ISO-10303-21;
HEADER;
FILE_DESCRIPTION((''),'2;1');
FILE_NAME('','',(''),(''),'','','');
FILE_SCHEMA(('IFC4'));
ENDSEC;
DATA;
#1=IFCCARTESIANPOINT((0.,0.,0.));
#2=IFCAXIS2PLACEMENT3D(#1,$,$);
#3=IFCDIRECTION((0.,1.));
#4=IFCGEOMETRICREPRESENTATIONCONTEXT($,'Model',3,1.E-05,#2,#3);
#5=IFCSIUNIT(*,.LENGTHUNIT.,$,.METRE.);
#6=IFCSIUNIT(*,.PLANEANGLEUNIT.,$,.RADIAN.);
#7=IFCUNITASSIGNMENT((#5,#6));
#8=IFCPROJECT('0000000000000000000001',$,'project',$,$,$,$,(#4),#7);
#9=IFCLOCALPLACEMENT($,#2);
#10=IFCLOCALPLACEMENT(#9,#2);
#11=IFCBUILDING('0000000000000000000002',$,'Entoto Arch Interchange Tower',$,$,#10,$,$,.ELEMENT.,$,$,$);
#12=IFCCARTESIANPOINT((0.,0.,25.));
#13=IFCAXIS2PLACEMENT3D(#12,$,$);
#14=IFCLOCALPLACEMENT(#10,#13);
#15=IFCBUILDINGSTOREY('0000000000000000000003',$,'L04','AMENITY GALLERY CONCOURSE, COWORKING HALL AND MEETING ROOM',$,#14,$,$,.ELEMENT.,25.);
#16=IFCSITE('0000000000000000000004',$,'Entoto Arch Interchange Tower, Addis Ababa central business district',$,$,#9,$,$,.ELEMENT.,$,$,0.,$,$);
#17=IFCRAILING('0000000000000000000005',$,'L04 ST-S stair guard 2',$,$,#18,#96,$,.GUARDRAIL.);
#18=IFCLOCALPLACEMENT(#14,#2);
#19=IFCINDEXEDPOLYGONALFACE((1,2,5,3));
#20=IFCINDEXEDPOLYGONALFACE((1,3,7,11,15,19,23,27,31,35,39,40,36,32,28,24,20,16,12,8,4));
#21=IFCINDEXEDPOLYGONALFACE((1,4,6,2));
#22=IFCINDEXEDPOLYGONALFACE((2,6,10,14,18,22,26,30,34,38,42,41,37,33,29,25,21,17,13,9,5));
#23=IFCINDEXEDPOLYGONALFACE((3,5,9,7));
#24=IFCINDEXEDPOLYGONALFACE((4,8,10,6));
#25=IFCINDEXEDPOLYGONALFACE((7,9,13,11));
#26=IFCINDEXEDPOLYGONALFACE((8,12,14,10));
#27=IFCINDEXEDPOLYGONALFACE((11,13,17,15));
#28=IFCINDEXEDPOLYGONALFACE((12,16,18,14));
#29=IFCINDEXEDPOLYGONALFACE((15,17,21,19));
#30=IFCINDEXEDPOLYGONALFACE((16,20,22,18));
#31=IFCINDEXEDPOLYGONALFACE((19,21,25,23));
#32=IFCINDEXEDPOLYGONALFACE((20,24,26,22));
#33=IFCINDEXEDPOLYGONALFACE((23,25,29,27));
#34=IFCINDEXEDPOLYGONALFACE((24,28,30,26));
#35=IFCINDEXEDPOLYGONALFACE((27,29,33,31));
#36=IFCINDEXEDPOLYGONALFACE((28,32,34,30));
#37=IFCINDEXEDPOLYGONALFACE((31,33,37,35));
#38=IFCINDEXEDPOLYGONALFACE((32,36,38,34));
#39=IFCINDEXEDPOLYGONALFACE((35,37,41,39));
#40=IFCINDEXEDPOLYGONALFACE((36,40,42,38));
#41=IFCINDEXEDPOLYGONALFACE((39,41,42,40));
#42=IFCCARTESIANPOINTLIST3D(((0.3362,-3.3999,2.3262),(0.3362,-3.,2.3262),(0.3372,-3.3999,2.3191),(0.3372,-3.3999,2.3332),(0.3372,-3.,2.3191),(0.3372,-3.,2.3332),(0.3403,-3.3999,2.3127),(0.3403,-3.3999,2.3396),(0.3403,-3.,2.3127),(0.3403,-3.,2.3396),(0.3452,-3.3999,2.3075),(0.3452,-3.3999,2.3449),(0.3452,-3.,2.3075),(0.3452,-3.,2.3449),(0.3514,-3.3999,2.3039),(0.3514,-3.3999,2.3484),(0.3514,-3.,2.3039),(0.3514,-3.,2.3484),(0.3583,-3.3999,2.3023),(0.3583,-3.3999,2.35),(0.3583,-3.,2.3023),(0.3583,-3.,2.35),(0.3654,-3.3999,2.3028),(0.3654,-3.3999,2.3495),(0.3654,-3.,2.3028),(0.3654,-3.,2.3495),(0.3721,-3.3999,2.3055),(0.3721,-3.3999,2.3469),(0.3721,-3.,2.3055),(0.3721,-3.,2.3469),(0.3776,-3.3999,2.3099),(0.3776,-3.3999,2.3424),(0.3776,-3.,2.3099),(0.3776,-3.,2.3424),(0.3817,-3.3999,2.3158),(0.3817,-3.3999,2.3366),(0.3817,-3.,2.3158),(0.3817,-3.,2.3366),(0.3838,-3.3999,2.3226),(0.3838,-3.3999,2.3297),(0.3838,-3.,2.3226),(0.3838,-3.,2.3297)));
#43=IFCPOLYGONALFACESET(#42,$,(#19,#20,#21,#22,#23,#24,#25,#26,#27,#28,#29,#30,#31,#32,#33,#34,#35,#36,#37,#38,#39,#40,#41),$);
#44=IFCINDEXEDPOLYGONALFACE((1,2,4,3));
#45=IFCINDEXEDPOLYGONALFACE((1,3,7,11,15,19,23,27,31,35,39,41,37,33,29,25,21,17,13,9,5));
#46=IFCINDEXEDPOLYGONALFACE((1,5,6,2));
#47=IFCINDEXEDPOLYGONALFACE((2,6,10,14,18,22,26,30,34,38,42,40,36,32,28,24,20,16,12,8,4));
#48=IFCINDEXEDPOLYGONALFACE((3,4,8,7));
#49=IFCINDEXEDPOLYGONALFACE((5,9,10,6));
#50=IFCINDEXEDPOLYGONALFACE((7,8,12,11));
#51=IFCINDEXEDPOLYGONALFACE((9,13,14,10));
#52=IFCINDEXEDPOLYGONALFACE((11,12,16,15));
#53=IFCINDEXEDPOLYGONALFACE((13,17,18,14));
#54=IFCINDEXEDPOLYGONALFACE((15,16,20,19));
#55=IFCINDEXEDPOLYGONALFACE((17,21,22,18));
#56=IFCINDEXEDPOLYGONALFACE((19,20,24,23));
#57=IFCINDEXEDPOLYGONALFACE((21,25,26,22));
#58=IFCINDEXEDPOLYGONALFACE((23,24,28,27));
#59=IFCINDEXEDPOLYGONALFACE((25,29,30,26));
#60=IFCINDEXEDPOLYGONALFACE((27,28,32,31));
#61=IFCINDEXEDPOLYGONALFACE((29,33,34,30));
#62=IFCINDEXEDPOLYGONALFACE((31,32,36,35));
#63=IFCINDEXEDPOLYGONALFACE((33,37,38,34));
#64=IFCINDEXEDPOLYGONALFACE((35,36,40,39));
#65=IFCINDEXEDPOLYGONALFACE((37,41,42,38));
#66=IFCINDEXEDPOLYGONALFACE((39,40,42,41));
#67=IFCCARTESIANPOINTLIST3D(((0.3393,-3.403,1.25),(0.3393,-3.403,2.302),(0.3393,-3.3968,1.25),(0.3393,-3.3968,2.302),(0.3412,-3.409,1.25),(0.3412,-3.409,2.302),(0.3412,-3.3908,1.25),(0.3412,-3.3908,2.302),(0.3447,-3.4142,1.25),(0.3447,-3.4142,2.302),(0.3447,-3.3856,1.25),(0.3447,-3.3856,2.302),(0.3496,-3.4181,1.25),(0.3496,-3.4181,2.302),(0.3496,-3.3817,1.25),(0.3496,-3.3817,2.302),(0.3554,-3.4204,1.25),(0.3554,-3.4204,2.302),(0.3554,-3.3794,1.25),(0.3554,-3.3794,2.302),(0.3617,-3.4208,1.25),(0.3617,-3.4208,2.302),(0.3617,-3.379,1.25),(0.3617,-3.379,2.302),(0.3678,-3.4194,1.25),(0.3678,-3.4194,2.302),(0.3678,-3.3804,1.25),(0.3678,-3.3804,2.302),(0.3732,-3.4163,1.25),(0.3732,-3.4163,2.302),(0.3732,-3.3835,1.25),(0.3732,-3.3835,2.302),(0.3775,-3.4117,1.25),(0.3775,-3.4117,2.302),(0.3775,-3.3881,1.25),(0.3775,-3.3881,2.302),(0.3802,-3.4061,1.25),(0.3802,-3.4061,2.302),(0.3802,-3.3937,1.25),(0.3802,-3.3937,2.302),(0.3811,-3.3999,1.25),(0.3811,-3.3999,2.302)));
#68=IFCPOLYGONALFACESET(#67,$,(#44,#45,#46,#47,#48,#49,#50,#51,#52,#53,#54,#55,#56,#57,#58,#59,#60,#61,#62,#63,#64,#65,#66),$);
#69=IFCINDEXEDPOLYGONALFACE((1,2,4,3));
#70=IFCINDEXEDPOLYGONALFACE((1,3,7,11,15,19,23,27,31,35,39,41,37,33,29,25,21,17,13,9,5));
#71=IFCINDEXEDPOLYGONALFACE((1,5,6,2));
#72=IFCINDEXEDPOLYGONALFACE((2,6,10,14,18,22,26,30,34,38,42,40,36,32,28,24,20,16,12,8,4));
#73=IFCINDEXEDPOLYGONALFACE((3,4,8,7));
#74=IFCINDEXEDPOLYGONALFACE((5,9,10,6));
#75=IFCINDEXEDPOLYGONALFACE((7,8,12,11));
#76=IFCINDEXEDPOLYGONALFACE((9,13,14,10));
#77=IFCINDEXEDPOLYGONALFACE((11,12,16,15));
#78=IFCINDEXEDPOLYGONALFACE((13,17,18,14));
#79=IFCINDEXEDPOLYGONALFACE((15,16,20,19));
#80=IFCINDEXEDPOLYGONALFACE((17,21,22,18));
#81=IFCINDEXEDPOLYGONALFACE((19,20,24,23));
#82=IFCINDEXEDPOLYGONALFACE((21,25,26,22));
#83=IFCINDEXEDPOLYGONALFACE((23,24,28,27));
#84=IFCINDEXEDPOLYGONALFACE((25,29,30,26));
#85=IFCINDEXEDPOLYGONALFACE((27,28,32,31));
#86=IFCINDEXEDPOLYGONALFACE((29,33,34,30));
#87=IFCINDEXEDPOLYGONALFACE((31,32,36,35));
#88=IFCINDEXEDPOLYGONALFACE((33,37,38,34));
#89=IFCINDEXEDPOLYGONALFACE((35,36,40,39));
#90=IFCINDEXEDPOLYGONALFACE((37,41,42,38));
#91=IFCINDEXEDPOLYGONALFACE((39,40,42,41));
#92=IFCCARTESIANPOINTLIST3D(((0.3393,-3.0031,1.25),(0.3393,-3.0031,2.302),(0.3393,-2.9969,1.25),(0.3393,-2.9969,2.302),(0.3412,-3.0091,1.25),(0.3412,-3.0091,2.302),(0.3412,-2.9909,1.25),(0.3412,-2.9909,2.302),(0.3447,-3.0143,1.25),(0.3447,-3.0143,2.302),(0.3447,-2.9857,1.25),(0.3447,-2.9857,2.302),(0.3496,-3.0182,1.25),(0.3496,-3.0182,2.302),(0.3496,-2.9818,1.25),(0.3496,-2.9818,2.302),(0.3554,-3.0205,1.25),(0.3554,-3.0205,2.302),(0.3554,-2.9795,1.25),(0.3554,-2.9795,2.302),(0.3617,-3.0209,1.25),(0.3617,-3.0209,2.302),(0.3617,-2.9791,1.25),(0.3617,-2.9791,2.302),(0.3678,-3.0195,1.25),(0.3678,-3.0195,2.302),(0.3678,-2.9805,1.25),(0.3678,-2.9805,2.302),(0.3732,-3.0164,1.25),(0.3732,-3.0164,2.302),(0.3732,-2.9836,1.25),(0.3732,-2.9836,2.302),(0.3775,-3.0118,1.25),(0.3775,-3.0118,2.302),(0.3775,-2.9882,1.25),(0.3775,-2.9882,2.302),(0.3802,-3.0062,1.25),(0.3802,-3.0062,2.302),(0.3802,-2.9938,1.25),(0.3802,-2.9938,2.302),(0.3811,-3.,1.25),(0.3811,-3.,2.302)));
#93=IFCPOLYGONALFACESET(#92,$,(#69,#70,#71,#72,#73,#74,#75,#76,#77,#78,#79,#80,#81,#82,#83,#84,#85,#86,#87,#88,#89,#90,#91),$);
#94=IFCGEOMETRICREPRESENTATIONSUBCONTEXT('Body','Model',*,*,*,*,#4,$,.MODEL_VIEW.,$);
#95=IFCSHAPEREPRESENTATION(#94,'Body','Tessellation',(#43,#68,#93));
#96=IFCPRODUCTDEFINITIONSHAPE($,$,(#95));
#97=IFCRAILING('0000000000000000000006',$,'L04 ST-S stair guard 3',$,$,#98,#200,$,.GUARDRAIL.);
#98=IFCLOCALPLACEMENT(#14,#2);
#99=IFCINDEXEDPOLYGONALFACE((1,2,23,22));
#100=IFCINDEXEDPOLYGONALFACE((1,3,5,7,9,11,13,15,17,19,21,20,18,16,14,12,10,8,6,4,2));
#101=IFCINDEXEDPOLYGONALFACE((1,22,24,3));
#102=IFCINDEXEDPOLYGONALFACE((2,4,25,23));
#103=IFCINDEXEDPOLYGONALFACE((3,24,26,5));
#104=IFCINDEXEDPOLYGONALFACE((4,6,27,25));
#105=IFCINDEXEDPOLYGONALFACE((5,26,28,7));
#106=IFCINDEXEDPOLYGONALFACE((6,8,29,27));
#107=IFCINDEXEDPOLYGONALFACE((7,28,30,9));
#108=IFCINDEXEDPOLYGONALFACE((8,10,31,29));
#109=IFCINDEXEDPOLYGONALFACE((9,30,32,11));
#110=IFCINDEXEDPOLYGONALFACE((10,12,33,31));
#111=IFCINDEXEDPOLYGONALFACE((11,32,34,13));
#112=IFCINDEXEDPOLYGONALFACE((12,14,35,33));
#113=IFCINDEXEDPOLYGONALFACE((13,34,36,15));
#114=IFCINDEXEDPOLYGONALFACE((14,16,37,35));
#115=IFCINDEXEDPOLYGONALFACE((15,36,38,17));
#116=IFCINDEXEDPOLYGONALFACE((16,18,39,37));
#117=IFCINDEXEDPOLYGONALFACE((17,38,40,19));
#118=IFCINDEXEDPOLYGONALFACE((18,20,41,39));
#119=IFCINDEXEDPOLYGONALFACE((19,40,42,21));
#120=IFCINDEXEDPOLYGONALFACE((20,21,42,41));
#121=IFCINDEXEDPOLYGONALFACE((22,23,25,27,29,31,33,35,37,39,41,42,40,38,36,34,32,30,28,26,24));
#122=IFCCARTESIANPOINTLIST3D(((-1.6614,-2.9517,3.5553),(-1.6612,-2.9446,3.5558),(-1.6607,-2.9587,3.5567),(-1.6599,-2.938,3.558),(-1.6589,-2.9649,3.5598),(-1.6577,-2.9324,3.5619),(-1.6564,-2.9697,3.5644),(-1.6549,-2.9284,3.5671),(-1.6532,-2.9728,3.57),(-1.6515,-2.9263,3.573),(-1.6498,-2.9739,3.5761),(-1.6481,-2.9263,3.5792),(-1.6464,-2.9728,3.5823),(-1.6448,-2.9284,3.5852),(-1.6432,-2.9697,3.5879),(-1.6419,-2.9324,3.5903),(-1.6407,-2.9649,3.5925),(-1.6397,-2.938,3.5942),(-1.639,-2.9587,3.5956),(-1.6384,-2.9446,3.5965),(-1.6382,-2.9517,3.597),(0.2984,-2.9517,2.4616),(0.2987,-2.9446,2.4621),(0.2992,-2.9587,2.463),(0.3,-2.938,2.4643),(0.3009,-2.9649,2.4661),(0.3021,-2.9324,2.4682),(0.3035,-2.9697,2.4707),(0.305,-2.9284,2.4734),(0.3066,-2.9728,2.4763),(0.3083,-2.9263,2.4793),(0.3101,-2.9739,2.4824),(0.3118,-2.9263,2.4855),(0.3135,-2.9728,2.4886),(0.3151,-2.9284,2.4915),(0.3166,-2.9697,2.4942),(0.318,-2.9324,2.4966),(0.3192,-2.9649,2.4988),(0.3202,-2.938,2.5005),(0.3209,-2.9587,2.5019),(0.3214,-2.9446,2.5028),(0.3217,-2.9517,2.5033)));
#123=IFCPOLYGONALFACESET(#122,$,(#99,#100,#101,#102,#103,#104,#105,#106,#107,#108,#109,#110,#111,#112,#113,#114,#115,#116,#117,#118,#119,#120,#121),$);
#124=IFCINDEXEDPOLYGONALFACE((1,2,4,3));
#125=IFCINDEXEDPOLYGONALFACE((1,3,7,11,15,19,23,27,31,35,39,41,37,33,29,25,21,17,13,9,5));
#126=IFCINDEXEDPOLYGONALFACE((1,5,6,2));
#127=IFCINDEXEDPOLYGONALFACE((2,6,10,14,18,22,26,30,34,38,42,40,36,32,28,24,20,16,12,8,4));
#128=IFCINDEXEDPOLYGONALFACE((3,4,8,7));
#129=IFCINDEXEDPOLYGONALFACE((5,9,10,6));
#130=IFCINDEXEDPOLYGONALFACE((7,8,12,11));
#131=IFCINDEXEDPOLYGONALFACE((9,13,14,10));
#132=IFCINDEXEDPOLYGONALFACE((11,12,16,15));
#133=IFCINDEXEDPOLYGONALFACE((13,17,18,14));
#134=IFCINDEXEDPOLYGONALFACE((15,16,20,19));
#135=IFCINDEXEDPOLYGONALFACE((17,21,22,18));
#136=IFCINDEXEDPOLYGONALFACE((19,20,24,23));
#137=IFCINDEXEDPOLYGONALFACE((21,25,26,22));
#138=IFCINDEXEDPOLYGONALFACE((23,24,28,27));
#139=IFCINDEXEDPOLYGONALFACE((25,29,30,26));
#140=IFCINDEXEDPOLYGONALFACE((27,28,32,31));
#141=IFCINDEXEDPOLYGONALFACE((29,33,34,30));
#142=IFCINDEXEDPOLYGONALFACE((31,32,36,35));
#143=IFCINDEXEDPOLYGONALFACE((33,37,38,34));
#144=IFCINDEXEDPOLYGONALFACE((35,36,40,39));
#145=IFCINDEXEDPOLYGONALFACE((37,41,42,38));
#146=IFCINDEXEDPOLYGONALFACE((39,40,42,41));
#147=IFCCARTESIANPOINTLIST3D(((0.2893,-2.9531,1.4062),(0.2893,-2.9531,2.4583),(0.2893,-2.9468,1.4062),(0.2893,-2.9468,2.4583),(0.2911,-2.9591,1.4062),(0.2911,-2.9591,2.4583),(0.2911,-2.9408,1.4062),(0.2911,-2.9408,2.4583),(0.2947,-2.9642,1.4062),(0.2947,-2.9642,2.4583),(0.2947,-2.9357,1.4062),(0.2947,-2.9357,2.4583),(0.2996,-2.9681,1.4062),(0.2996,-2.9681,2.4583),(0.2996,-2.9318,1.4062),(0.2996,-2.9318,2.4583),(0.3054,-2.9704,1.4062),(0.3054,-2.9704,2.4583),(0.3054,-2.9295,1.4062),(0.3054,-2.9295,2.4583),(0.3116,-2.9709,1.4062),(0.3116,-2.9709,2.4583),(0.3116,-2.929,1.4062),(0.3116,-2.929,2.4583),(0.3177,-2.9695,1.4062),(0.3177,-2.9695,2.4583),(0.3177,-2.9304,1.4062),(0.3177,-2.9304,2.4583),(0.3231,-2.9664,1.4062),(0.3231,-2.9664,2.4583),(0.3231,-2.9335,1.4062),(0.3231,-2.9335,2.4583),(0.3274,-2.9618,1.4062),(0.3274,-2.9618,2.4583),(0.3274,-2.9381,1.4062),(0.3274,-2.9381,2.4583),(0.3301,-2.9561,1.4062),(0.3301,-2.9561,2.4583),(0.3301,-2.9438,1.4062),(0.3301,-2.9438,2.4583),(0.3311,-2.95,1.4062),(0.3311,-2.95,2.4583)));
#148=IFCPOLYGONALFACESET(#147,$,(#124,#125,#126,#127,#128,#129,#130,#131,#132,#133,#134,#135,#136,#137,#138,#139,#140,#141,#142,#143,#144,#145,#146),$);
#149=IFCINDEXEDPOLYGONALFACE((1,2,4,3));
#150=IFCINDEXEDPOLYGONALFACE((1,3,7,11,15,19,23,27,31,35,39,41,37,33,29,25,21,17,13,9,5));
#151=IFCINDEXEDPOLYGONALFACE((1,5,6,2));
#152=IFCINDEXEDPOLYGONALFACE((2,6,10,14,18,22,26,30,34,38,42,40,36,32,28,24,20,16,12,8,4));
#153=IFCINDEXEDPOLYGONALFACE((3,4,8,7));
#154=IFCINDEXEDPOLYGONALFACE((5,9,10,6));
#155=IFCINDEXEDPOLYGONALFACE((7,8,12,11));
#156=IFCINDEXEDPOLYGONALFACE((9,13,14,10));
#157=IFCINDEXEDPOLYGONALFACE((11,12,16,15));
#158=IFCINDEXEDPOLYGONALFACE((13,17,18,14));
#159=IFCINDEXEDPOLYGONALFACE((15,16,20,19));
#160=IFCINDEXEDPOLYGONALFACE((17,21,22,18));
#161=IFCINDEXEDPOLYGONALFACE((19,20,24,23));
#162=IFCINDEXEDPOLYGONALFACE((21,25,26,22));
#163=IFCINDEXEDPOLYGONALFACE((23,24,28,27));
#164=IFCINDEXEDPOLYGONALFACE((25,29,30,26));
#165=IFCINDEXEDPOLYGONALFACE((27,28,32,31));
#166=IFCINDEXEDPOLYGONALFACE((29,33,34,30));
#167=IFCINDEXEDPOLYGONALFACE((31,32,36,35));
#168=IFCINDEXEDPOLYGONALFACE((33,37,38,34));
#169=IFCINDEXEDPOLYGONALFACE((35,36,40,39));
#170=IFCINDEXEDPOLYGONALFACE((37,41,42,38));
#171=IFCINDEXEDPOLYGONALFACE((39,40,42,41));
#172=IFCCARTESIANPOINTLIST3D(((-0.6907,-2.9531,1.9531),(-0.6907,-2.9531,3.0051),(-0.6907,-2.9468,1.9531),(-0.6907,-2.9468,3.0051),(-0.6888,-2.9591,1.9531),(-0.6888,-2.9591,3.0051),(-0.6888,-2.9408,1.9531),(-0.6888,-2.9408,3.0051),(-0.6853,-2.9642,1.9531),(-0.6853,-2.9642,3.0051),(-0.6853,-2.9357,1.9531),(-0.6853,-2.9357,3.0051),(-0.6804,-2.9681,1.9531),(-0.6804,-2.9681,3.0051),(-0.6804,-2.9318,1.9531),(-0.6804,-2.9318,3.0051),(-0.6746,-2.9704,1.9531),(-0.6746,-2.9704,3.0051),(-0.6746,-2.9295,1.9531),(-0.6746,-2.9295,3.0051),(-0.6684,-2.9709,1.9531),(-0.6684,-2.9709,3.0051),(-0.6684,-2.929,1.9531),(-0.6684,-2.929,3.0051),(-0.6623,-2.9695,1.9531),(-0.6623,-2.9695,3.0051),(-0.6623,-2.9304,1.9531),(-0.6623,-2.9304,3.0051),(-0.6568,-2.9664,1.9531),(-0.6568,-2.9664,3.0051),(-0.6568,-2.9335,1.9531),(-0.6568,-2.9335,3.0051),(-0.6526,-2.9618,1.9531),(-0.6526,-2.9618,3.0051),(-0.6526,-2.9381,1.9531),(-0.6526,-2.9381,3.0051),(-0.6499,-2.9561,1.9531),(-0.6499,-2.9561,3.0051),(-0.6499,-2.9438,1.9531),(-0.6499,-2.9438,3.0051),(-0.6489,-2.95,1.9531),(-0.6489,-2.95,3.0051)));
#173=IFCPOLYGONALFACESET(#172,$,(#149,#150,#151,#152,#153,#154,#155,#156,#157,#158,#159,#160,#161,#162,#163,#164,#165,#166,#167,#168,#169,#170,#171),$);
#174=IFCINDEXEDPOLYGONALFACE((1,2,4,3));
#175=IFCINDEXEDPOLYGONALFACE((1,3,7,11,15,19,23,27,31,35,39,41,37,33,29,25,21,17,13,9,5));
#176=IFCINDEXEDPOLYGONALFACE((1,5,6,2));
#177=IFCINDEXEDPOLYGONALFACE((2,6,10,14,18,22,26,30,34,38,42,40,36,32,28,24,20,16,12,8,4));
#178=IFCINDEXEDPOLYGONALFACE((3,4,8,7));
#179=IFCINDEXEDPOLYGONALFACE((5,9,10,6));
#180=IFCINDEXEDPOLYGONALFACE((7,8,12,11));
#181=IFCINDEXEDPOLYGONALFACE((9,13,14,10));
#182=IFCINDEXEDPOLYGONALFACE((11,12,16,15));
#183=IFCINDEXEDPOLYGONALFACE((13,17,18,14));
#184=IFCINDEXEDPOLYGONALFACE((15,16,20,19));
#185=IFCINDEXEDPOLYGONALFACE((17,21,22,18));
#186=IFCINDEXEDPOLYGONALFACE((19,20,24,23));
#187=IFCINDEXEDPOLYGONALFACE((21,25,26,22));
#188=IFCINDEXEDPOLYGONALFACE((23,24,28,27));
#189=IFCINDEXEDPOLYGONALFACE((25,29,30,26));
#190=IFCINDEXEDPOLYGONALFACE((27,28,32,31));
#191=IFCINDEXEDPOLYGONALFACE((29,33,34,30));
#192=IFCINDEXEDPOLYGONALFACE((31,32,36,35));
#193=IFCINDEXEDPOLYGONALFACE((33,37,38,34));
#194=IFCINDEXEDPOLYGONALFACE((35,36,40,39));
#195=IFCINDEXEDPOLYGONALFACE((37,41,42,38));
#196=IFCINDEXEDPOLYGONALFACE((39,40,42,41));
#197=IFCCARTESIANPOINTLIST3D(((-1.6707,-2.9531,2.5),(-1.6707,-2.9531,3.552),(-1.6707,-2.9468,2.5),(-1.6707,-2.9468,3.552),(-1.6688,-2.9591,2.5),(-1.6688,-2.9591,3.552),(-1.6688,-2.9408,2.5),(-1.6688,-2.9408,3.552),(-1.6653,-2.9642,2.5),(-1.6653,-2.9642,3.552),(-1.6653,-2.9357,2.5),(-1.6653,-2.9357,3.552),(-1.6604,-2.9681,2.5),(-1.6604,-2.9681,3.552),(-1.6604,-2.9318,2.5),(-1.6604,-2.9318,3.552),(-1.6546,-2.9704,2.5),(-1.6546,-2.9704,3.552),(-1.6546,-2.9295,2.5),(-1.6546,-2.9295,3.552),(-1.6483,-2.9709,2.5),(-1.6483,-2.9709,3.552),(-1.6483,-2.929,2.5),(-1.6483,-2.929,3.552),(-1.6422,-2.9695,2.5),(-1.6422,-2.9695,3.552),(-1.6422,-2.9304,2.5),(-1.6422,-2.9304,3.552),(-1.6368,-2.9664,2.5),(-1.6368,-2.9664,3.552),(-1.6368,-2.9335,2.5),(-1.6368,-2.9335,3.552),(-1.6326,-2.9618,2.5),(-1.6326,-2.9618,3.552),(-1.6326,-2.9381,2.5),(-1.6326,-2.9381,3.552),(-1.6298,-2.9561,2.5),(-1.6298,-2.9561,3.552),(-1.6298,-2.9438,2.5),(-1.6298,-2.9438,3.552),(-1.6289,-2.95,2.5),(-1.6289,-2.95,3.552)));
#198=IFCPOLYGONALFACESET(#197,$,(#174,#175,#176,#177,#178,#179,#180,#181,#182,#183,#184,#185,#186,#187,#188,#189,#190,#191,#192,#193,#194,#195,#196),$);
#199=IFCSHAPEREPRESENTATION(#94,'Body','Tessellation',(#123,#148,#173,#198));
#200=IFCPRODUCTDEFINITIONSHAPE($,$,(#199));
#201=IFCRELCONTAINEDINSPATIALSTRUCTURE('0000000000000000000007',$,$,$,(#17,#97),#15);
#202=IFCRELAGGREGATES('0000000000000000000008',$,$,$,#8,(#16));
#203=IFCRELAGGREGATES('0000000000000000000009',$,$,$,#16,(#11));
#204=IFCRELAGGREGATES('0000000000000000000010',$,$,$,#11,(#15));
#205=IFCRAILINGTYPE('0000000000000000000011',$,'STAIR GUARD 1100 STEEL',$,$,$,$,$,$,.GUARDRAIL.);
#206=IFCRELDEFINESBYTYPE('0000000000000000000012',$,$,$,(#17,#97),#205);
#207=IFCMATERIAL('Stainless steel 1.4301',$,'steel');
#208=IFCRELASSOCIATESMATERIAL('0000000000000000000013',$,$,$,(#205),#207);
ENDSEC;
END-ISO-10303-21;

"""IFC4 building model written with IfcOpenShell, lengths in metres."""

from ifc_helpers import new_model, si_unit, direction, frame, origin, origin_2d, place, context, subcontext, project, spatial, circle, extrude, material, type_object, element, save


model = new_model("IFC4")

# Units and contexts
model_context = context("Model", 3, precision=1e-05, world=origin(), true_north=direction((0.0, 1.0)))
body_context = subcontext(model_context, "Body", "Model", "MODEL_VIEW")
ifc_project = project(units=[si_unit("LENGTHUNIT", "METRE"), si_unit("PLANEANGLEUNIT", "RADIAN")], contexts=[model_context])

# Site, building, storey
site_placement = place(None, origin())
site = spatial("IfcSite", under=ifc_project, at=site_placement, Name="Entoto Arch Interchange Tower, Addis Ababa central business district", CompositionType="ELEMENT", RefElevation=0.0)
building_placement = place(site_placement, origin())
building = spatial("IfcBuilding", under=site, at=building_placement, Name="Entoto Arch Interchange Tower", CompositionType="ELEMENT")
storey_placement = place(building_placement, frame((0.0, 0.0, 25.0)))
storey = spatial("IfcBuildingStorey", under=building, at=storey_placement, Name="L04", Description="AMENITY GALLERY CONCOURSE, COWORKING HALL AND MEETING ROOM", CompositionType="ELEMENT", Elevation=25.0)

# Railings
ifc_material_1 = material(Name="Stainless steel 1.4301", Category="steel")
railing_type = type_object("IfcRailingType", Name="STAIR GUARD 1100 STEEL", PredefinedType="GUARDRAIL", material=ifc_material_1)
railing_1_placement = place(storey_placement, frame((0.3601, -3.3999, 1.25)))
element("IfcRailing", 1, at=railing_1_placement, inside=storey, type_object=railing_type, Name="L04 ST-S stair guard 2", PredefinedType="GUARDRAIL", context=body_context, shape_type="SweptSolid", body=[
    extrude(circle(Radius=0.0239, at=origin_2d()), frame((0.0, 0.0, 1.0762), z_axis=(0.0, 1.0, 0.0), x_axis=(-1.0, 0.0, 0.0)), (0.0, 0.0, 1.0), 0.3999),
    extrude(circle(Radius=0.021, at=origin_2d()), origin(), (0.0, 0.0, 1.0), 1.052),
    extrude(circle(Radius=0.021, at=origin_2d()), frame((0.0, 0.3999, 0.0)), (0.0, 0.0, 1.0), 1.052),
])
railing_2_placement = place(storey_placement, frame((0.3101, -2.95, 1.4062)))
element("IfcRailing", 2, at=railing_2_placement, inside=storey, type_object=railing_type, Name="L04 ST-S stair guard 3", PredefinedType="GUARDRAIL", context=body_context, shape_type="SweptSolid", body=[
    extrude(circle(Radius=0.0239, at=origin_2d()), frame((0.0, 0.0, 1.0762), z_axis=(-0.873232, 0.0, 0.487304), x_axis=(0.0, -1.0, 0.0)), (0.0, 0.0, 1.0), 2.2444),
    extrude(circle(Radius=0.021, at=origin_2d()), origin(), (0.0, 0.0, 1.0), 1.052),
    extrude(circle(Radius=0.021, at=origin_2d()), frame((-0.98, 0.0, 0.5469)), (0.0, 0.0, 1.0), 1.052),
    extrude(circle(Radius=0.021, at=origin_2d()), frame((-1.96, 0.0, 1.0938)), (0.0, 0.0, 1.0), 1.052),
])

save(model, "model.ifc")
